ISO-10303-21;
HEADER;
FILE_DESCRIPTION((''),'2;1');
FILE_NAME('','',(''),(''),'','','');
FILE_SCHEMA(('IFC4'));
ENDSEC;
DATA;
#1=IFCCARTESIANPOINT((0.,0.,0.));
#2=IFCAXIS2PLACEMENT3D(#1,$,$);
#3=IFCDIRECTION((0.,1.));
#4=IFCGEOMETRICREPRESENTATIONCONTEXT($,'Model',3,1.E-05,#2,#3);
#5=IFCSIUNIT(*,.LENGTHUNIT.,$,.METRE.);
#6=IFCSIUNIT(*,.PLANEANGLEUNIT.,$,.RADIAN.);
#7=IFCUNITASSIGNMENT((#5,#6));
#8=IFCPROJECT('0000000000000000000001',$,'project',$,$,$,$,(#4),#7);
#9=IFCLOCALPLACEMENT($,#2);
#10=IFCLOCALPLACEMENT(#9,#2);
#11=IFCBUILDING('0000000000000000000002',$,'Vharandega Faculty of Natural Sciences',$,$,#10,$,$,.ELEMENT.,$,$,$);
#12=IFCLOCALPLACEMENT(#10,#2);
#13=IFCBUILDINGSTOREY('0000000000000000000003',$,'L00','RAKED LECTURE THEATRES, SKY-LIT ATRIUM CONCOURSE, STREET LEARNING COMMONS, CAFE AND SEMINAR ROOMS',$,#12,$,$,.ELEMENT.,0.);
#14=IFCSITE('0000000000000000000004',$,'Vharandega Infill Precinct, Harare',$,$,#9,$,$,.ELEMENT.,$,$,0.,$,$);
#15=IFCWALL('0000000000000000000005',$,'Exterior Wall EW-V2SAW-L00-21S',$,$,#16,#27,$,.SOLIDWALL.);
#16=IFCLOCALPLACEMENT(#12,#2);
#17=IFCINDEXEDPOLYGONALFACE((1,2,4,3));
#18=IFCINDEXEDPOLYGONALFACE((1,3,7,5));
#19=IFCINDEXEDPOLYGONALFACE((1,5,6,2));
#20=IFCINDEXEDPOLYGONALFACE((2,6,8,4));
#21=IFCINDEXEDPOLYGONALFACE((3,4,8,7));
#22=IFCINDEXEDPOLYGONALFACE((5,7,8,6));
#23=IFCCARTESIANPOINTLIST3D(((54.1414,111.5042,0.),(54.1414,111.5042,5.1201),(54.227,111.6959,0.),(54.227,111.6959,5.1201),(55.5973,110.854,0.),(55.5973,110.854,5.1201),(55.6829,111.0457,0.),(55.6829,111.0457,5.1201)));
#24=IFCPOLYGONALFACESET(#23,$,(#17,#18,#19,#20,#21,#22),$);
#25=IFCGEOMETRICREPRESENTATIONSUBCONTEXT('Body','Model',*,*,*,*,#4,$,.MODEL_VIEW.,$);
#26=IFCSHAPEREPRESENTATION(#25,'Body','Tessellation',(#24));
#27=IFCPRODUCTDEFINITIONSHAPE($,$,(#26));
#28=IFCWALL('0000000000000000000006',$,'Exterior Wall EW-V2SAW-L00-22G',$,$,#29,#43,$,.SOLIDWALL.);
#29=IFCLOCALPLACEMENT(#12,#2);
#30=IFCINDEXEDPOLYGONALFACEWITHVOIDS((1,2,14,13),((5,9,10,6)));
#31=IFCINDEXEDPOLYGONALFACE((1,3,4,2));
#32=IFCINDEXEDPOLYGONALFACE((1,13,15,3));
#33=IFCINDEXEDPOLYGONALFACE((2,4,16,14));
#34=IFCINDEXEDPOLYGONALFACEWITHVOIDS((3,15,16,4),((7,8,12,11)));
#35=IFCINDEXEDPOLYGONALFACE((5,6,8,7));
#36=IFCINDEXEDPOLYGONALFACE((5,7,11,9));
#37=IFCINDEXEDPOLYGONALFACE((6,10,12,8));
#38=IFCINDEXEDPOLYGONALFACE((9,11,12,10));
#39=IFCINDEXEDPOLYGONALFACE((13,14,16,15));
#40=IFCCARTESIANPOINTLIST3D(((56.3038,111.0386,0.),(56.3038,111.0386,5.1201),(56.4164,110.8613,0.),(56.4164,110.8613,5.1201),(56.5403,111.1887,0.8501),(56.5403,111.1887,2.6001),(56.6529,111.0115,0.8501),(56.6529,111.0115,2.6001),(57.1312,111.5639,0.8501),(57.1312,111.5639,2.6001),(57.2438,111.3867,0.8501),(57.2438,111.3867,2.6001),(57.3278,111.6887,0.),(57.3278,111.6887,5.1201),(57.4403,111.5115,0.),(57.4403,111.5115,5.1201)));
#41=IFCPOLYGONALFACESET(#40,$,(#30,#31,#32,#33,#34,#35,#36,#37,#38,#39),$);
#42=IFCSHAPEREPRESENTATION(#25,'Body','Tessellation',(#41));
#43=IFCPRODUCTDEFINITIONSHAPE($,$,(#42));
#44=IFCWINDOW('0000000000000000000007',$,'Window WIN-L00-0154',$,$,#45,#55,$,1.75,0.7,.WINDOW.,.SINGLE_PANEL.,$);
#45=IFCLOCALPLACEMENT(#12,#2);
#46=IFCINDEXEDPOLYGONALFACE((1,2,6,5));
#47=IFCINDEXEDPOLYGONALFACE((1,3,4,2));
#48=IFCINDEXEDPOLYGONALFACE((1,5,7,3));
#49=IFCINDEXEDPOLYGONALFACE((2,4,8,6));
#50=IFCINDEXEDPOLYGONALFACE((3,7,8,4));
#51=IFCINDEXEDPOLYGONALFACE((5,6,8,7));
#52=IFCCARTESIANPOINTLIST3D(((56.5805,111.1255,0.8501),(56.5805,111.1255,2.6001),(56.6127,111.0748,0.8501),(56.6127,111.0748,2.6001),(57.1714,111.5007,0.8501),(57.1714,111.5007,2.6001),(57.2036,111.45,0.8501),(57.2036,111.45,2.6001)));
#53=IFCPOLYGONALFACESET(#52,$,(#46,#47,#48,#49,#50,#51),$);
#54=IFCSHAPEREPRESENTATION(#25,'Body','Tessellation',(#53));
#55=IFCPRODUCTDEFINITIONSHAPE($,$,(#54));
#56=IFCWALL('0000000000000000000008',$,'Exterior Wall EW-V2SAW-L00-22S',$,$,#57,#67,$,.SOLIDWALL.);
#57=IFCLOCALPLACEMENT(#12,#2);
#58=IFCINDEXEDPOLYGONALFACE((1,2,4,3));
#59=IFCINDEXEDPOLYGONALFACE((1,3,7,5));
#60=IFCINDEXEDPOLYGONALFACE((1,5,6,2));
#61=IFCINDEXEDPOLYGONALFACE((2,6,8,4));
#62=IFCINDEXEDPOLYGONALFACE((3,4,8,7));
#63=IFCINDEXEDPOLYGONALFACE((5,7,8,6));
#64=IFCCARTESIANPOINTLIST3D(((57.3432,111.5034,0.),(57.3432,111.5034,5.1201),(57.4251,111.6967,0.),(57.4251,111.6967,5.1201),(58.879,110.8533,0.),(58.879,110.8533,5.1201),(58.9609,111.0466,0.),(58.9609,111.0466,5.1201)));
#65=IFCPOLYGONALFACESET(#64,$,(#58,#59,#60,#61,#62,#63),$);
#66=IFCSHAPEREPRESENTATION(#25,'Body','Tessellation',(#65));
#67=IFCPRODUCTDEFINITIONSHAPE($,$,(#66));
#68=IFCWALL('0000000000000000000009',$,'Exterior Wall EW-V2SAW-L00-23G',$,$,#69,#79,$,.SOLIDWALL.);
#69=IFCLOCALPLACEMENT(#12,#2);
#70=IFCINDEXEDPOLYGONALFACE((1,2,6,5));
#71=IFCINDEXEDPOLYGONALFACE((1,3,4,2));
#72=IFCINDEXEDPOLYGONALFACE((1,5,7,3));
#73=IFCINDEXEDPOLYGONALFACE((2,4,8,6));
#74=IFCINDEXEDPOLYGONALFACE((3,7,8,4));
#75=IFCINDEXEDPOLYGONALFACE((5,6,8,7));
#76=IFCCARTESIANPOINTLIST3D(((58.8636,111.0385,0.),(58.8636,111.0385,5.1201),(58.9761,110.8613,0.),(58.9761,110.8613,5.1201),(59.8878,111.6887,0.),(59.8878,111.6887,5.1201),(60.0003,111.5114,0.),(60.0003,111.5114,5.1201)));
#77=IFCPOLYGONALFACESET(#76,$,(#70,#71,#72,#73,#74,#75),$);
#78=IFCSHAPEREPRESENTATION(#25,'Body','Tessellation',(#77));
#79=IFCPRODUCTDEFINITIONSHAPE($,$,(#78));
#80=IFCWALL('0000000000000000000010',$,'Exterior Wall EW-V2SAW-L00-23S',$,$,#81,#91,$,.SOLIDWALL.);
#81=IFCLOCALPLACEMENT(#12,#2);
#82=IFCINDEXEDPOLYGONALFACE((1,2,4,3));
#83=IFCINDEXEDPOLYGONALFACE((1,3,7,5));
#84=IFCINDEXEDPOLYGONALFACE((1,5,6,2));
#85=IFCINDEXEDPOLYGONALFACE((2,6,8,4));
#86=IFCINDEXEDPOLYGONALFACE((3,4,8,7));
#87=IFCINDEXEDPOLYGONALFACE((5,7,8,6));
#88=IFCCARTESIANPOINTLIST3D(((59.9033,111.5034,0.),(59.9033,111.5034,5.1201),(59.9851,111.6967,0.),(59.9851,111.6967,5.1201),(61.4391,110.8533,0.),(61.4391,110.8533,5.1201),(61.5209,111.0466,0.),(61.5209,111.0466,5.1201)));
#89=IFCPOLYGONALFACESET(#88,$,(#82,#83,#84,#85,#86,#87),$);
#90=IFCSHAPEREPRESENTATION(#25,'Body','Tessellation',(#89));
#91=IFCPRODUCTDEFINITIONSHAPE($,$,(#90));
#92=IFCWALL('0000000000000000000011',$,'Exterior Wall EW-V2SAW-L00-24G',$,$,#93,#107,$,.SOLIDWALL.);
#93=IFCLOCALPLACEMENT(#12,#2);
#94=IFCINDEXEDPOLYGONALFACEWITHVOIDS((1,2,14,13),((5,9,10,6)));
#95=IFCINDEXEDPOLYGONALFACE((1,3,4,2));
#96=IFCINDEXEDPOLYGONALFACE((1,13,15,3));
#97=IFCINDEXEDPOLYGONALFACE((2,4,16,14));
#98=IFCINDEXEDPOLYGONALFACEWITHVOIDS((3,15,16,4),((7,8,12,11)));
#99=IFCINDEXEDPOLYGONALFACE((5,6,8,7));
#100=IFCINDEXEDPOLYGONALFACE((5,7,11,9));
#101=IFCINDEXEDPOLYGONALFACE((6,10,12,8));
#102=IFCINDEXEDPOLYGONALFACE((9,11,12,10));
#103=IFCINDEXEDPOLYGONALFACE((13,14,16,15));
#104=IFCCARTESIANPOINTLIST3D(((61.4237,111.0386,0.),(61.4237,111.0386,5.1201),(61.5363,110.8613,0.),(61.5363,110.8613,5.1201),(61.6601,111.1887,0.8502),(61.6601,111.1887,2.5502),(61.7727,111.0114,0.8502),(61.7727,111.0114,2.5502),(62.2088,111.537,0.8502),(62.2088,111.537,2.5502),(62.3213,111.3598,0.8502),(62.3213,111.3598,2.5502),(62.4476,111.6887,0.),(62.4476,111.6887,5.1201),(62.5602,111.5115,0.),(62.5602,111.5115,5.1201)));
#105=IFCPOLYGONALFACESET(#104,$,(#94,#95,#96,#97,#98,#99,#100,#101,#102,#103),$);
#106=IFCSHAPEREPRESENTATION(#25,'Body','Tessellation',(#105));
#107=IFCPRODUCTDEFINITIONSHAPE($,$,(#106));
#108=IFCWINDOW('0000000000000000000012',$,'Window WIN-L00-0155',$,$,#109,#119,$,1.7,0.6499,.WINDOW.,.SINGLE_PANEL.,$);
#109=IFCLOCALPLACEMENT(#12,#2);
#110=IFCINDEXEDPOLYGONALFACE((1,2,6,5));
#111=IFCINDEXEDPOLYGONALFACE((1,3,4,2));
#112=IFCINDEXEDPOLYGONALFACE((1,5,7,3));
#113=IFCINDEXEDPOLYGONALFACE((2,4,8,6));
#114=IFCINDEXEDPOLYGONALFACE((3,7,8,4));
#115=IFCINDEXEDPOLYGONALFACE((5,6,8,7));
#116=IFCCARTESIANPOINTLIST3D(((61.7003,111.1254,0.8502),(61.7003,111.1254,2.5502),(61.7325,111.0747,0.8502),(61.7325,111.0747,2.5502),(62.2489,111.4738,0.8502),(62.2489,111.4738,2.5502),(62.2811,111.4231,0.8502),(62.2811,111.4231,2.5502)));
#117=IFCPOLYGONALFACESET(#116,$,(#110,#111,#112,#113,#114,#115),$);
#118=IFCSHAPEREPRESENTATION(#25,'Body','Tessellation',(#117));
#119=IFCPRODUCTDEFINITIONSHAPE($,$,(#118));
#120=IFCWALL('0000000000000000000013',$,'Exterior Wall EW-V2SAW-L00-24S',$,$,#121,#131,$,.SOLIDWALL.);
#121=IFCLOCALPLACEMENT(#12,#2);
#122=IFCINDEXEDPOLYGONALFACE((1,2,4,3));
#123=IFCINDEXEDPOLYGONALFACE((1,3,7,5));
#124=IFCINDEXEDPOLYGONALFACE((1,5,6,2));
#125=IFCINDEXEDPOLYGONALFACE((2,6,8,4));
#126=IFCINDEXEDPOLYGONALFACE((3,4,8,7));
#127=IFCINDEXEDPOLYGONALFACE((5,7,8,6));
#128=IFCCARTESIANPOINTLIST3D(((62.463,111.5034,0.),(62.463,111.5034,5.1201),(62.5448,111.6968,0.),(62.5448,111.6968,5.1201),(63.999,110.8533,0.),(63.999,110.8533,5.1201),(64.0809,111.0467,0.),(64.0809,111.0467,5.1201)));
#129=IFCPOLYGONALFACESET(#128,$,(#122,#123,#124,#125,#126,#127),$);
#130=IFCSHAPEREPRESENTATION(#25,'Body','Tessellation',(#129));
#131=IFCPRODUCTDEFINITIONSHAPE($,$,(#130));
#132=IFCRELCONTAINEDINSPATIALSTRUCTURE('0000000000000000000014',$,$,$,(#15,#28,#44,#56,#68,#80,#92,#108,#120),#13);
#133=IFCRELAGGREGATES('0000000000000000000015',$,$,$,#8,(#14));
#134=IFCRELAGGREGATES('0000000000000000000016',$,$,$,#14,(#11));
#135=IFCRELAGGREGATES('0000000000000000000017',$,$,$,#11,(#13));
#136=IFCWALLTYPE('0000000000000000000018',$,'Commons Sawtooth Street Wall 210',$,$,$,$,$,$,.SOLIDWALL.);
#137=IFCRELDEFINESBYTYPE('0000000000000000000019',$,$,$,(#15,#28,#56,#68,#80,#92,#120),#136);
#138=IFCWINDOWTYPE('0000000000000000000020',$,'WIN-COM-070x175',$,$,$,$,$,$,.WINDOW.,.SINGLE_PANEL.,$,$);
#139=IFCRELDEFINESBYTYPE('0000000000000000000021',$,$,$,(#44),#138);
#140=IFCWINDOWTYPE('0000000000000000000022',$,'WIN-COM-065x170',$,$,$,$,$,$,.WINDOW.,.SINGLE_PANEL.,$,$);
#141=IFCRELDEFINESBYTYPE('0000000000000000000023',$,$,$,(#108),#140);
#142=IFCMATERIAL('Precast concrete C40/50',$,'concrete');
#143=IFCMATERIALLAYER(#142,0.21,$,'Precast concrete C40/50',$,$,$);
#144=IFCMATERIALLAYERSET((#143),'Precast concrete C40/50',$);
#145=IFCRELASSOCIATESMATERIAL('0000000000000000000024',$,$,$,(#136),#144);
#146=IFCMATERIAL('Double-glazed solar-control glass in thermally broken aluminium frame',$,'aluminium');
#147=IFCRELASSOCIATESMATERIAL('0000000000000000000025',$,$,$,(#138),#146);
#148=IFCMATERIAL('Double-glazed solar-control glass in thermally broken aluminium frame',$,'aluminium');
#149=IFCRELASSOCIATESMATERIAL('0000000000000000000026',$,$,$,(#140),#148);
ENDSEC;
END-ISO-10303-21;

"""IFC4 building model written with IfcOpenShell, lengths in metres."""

from ifc_helpers import new_model, si_unit, direction, frame, frame_2d, origin, place, context, subcontext, project, spatial, rectangle, extrude, material, layer, layer_set, type_object, element, fill, save


model = new_model("IFC4")

# Units and contexts
model_context = context("Model", 3, precision=1e-05, world=origin(), true_north=direction((0.0, 1.0)))
body_context = subcontext(model_context, "Body", "Model", "MODEL_VIEW")
ifc_project = project(units=[si_unit("LENGTHUNIT", "METRE"), si_unit("PLANEANGLEUNIT", "RADIAN")], contexts=[model_context])

# Site, building, storey
site_placement = place(None, origin())
site = spatial("IfcSite", under=ifc_project, at=site_placement, Name="Vharandega Infill Precinct, Harare", CompositionType="ELEMENT", RefElevation=0.0)
building_placement = place(site_placement, origin())
building = spatial("IfcBuilding", under=site, at=building_placement, Name="Vharandega Faculty of Natural Sciences", CompositionType="ELEMENT")
storey_placement = place(building_placement, origin())
storey = spatial("IfcBuildingStorey", under=building, at=storey_placement, Name="L00", Description="RAKED LECTURE THEATRES, SKY-LIT ATRIUM CONCOURSE, STREET LEARNING COMMONS, CAFE AND SEMINAR ROOMS", CompositionType="ELEMENT", Elevation=0.0)

# Wall
ifc_material_1 = material(Name="Precast concrete C40/50", Category="concrete")
ifc_layer_1 = layer(ifc_material_1, 0.21, Name="Precast concrete C40/50")
ifc_layer_set_1 = layer_set([ifc_layer_1], Name="Precast concrete C40/50")
wall_type_1 = type_object("IfcWallType", Name="Commons Sawtooth Street Wall 210", PredefinedType="SOLIDWALL", material=ifc_layer_set_1)
wall_1_placement = place(storey_placement, frame((54.1841, 111.6001, 0.0), z_axis=(0.0, 0.0, 1.0), x_axis=(0.913084, -0.407772, 0.0)))
element("IfcWall", 1, at=wall_1_placement, inside=storey, type_object=wall_type_1, Name="Exterior Wall EW-V2SAW-L00-21S", PredefinedType="SOLIDWALL", context=body_context, shape_type="SweptSolid", body=[
    extrude(rectangle(XDim=1.5945, YDim=0.21, at=frame_2d((0.7974, 0.0))), origin(), (0.0, 0.0, 1.0), 5.1201),
])

# Wall, opening, window
wall_2_placement = place(storey_placement, frame((56.3601, 110.95, 0.0), z_axis=(0.0, 0.0, 1.0), x_axis=(0.8442, 0.536029, 0.0)))
wall_2 = element("IfcWall", 2, at=wall_2_placement, inside=storey, type_object=wall_type_1, Name="Exterior Wall EW-V2SAW-L00-22G", PredefinedType="SOLIDWALL", context=body_context, shape_type="SweptSolid", body=[
    extrude(rectangle(XDim=1.2129, YDim=0.21, at=frame_2d((0.6064, 0.0))), origin(), (0.0, 0.0, 1.0), 5.1201),
])
opening_1_placement = place(wall_2_placement, frame((0.28, 0.0, 0.8501)))
opening_1 = element("IfcOpeningElement", 3, at=opening_1_placement, cuts=wall_2, PredefinedType="OPENING", context=body_context, shape_type="SweptSolid", body=[
    extrude(rectangle(XDim=0.7, YDim=1.75, at=frame_2d((0.3501, 0.875))), frame((0.0, 0.115, 0.0), z_axis=(0.0, -1.0, 0.0), x_axis=(1.0, 0.0, 0.0)), (0.0, 0.0, 1.0), 0.23),
])
ifc_material_2 = material(Name="Double-glazed solar-control glass in thermally broken aluminium frame", Category="aluminium")
window_type_1 = type_object("IfcWindowType", Name="WIN-COM-070x175", PartitioningType="SINGLE_PANEL", PredefinedType="WINDOW", material=ifc_material_2)
window_1_placement = place(opening_1_placement, origin())
window_1 = element("IfcWindow", 4, at=window_1_placement, inside=storey, type_object=window_type_1, Name="Window WIN-L00-0154", OverallHeight=1.75, OverallWidth=0.7, PartitioningType="SINGLE_PANEL", PredefinedType="WINDOW", context=body_context, shape_type="SweptSolid", body=[
    extrude(rectangle(XDim=0.7, YDim=1.75, at=frame_2d((0.3501, 0.875))), frame((0.0, 0.03, 0.0), z_axis=(0.0, -1.0, 0.0), x_axis=(1.0, 0.0, 0.0)), (0.0, 0.0, 1.0), 0.0601),
])
fill(opening_1, window_1)

# Walls
wall_3_placement = place(storey_placement, frame((57.384, 111.6001, 0.0), z_axis=(0.0, 0.0, 1.0), x_axis=(0.920892, -0.389817, 0.0)))
element("IfcWall", 5, at=wall_3_placement, inside=storey, type_object=wall_type_1, Name="Exterior Wall EW-V2SAW-L00-22S", PredefinedType="SOLIDWALL", context=body_context, shape_type="SweptSolid", body=[
    extrude(rectangle(XDim=1.6677, YDim=0.21, at=frame_2d((0.834, 0.0))), origin(), (0.0, 0.0, 1.0), 5.1201),
])
wall_4_placement = place(storey_placement, frame((58.9199, 110.95, 0.0), z_axis=(0.0, 0.0, 1.0), x_axis=(0.844258, 0.535938, 0.0)))
element("IfcWall", 6, at=wall_4_placement, inside=storey, type_object=wall_type_1, Name="Exterior Wall EW-V2SAW-L00-23G", PredefinedType="SOLIDWALL", context=body_context, shape_type="SweptSolid", body=[
    extrude(rectangle(XDim=1.2131, YDim=0.21, at=frame_2d((0.6064, 0.0))), origin(), (0.0, 0.0, 1.0), 5.1201),
])
wall_5_placement = place(storey_placement, frame((59.9441, 111.6001, 0.0), z_axis=(0.0, 0.0, 1.0), x_axis=(0.920892, -0.389817, 0.0)))
element("IfcWall", 7, at=wall_5_placement, inside=storey, type_object=wall_type_1, Name="Exterior Wall EW-V2SAW-L00-23S", PredefinedType="SOLIDWALL", context=body_context, shape_type="SweptSolid", body=[
    extrude(rectangle(XDim=1.6677, YDim=0.21, at=frame_2d((0.834, 0.0))), origin(), (0.0, 0.0, 1.0), 5.1201),
])

# Wall, opening, window
wall_6_placement = place(storey_placement, frame((61.48, 110.95, 0.0), z_axis=(0.0, 0.0, 1.0), x_axis=(0.8442, 0.536029, 0.0)))
wall_6 = element("IfcWall", 8, at=wall_6_placement, inside=storey, type_object=wall_type_1, Name="Exterior Wall EW-V2SAW-L00-24G", PredefinedType="SOLIDWALL", context=body_context, shape_type="SweptSolid", body=[
    extrude(rectangle(XDim=1.2129, YDim=0.21, at=frame_2d((0.6064, 0.0))), origin(), (0.0, 0.0, 1.0), 5.1201),
])
opening_2_placement = place(wall_6_placement, frame((0.28, 0.0, 0.8501)))
opening_2 = element("IfcOpeningElement", 9, at=opening_2_placement, cuts=wall_6, PredefinedType="OPENING", context=body_context, shape_type="SweptSolid", body=[
    extrude(rectangle(XDim=0.6499, YDim=1.7, at=frame_2d((0.325, 0.8501))), frame((0.0, 0.115, 0.0), z_axis=(0.0, -1.0, 0.0), x_axis=(1.0, 0.0, 0.0)), (0.0, 0.0, 1.0), 0.23),
])
ifc_material_3 = material(Name="Double-glazed solar-control glass in thermally broken aluminium frame", Category="aluminium")
window_type_2 = type_object("IfcWindowType", Name="WIN-COM-065x170", PartitioningType="SINGLE_PANEL", PredefinedType="WINDOW", material=ifc_material_3)
window_2_placement = place(opening_2_placement, origin())
window_2 = element("IfcWindow", 10, at=window_2_placement, inside=storey, type_object=window_type_2, Name="Window WIN-L00-0155", OverallHeight=1.7, OverallWidth=0.6499, PartitioningType="SINGLE_PANEL", PredefinedType="WINDOW", context=body_context, shape_type="SweptSolid", body=[
    extrude(rectangle(XDim=0.6499, YDim=1.7, at=frame_2d((0.325, 0.8501))), frame((0.0, 0.03, 0.0), z_axis=(0.0, -1.0, 0.0), x_axis=(1.0, 0.0, 0.0)), (0.0, 0.0, 1.0), 0.0601),
])
fill(opening_2, window_2)

# Wall
wall_7_placement = place(storey_placement, frame((62.5039, 111.6001, 0.0), z_axis=(0.0, 0.0, 1.0), x_axis=(0.920915, -0.389764, 0.0)))
element("IfcWall", 11, at=wall_7_placement, inside=storey, type_object=wall_type_1, Name="Exterior Wall EW-V2SAW-L00-24S", PredefinedType="SOLIDWALL", context=body_context, shape_type="SweptSolid", body=[
    extrude(rectangle(XDim=1.668, YDim=0.21, at=frame_2d((0.834, 0.0))), origin(), (0.0, 0.0, 1.0), 5.1201),
])

save(model, "model.ifc")
